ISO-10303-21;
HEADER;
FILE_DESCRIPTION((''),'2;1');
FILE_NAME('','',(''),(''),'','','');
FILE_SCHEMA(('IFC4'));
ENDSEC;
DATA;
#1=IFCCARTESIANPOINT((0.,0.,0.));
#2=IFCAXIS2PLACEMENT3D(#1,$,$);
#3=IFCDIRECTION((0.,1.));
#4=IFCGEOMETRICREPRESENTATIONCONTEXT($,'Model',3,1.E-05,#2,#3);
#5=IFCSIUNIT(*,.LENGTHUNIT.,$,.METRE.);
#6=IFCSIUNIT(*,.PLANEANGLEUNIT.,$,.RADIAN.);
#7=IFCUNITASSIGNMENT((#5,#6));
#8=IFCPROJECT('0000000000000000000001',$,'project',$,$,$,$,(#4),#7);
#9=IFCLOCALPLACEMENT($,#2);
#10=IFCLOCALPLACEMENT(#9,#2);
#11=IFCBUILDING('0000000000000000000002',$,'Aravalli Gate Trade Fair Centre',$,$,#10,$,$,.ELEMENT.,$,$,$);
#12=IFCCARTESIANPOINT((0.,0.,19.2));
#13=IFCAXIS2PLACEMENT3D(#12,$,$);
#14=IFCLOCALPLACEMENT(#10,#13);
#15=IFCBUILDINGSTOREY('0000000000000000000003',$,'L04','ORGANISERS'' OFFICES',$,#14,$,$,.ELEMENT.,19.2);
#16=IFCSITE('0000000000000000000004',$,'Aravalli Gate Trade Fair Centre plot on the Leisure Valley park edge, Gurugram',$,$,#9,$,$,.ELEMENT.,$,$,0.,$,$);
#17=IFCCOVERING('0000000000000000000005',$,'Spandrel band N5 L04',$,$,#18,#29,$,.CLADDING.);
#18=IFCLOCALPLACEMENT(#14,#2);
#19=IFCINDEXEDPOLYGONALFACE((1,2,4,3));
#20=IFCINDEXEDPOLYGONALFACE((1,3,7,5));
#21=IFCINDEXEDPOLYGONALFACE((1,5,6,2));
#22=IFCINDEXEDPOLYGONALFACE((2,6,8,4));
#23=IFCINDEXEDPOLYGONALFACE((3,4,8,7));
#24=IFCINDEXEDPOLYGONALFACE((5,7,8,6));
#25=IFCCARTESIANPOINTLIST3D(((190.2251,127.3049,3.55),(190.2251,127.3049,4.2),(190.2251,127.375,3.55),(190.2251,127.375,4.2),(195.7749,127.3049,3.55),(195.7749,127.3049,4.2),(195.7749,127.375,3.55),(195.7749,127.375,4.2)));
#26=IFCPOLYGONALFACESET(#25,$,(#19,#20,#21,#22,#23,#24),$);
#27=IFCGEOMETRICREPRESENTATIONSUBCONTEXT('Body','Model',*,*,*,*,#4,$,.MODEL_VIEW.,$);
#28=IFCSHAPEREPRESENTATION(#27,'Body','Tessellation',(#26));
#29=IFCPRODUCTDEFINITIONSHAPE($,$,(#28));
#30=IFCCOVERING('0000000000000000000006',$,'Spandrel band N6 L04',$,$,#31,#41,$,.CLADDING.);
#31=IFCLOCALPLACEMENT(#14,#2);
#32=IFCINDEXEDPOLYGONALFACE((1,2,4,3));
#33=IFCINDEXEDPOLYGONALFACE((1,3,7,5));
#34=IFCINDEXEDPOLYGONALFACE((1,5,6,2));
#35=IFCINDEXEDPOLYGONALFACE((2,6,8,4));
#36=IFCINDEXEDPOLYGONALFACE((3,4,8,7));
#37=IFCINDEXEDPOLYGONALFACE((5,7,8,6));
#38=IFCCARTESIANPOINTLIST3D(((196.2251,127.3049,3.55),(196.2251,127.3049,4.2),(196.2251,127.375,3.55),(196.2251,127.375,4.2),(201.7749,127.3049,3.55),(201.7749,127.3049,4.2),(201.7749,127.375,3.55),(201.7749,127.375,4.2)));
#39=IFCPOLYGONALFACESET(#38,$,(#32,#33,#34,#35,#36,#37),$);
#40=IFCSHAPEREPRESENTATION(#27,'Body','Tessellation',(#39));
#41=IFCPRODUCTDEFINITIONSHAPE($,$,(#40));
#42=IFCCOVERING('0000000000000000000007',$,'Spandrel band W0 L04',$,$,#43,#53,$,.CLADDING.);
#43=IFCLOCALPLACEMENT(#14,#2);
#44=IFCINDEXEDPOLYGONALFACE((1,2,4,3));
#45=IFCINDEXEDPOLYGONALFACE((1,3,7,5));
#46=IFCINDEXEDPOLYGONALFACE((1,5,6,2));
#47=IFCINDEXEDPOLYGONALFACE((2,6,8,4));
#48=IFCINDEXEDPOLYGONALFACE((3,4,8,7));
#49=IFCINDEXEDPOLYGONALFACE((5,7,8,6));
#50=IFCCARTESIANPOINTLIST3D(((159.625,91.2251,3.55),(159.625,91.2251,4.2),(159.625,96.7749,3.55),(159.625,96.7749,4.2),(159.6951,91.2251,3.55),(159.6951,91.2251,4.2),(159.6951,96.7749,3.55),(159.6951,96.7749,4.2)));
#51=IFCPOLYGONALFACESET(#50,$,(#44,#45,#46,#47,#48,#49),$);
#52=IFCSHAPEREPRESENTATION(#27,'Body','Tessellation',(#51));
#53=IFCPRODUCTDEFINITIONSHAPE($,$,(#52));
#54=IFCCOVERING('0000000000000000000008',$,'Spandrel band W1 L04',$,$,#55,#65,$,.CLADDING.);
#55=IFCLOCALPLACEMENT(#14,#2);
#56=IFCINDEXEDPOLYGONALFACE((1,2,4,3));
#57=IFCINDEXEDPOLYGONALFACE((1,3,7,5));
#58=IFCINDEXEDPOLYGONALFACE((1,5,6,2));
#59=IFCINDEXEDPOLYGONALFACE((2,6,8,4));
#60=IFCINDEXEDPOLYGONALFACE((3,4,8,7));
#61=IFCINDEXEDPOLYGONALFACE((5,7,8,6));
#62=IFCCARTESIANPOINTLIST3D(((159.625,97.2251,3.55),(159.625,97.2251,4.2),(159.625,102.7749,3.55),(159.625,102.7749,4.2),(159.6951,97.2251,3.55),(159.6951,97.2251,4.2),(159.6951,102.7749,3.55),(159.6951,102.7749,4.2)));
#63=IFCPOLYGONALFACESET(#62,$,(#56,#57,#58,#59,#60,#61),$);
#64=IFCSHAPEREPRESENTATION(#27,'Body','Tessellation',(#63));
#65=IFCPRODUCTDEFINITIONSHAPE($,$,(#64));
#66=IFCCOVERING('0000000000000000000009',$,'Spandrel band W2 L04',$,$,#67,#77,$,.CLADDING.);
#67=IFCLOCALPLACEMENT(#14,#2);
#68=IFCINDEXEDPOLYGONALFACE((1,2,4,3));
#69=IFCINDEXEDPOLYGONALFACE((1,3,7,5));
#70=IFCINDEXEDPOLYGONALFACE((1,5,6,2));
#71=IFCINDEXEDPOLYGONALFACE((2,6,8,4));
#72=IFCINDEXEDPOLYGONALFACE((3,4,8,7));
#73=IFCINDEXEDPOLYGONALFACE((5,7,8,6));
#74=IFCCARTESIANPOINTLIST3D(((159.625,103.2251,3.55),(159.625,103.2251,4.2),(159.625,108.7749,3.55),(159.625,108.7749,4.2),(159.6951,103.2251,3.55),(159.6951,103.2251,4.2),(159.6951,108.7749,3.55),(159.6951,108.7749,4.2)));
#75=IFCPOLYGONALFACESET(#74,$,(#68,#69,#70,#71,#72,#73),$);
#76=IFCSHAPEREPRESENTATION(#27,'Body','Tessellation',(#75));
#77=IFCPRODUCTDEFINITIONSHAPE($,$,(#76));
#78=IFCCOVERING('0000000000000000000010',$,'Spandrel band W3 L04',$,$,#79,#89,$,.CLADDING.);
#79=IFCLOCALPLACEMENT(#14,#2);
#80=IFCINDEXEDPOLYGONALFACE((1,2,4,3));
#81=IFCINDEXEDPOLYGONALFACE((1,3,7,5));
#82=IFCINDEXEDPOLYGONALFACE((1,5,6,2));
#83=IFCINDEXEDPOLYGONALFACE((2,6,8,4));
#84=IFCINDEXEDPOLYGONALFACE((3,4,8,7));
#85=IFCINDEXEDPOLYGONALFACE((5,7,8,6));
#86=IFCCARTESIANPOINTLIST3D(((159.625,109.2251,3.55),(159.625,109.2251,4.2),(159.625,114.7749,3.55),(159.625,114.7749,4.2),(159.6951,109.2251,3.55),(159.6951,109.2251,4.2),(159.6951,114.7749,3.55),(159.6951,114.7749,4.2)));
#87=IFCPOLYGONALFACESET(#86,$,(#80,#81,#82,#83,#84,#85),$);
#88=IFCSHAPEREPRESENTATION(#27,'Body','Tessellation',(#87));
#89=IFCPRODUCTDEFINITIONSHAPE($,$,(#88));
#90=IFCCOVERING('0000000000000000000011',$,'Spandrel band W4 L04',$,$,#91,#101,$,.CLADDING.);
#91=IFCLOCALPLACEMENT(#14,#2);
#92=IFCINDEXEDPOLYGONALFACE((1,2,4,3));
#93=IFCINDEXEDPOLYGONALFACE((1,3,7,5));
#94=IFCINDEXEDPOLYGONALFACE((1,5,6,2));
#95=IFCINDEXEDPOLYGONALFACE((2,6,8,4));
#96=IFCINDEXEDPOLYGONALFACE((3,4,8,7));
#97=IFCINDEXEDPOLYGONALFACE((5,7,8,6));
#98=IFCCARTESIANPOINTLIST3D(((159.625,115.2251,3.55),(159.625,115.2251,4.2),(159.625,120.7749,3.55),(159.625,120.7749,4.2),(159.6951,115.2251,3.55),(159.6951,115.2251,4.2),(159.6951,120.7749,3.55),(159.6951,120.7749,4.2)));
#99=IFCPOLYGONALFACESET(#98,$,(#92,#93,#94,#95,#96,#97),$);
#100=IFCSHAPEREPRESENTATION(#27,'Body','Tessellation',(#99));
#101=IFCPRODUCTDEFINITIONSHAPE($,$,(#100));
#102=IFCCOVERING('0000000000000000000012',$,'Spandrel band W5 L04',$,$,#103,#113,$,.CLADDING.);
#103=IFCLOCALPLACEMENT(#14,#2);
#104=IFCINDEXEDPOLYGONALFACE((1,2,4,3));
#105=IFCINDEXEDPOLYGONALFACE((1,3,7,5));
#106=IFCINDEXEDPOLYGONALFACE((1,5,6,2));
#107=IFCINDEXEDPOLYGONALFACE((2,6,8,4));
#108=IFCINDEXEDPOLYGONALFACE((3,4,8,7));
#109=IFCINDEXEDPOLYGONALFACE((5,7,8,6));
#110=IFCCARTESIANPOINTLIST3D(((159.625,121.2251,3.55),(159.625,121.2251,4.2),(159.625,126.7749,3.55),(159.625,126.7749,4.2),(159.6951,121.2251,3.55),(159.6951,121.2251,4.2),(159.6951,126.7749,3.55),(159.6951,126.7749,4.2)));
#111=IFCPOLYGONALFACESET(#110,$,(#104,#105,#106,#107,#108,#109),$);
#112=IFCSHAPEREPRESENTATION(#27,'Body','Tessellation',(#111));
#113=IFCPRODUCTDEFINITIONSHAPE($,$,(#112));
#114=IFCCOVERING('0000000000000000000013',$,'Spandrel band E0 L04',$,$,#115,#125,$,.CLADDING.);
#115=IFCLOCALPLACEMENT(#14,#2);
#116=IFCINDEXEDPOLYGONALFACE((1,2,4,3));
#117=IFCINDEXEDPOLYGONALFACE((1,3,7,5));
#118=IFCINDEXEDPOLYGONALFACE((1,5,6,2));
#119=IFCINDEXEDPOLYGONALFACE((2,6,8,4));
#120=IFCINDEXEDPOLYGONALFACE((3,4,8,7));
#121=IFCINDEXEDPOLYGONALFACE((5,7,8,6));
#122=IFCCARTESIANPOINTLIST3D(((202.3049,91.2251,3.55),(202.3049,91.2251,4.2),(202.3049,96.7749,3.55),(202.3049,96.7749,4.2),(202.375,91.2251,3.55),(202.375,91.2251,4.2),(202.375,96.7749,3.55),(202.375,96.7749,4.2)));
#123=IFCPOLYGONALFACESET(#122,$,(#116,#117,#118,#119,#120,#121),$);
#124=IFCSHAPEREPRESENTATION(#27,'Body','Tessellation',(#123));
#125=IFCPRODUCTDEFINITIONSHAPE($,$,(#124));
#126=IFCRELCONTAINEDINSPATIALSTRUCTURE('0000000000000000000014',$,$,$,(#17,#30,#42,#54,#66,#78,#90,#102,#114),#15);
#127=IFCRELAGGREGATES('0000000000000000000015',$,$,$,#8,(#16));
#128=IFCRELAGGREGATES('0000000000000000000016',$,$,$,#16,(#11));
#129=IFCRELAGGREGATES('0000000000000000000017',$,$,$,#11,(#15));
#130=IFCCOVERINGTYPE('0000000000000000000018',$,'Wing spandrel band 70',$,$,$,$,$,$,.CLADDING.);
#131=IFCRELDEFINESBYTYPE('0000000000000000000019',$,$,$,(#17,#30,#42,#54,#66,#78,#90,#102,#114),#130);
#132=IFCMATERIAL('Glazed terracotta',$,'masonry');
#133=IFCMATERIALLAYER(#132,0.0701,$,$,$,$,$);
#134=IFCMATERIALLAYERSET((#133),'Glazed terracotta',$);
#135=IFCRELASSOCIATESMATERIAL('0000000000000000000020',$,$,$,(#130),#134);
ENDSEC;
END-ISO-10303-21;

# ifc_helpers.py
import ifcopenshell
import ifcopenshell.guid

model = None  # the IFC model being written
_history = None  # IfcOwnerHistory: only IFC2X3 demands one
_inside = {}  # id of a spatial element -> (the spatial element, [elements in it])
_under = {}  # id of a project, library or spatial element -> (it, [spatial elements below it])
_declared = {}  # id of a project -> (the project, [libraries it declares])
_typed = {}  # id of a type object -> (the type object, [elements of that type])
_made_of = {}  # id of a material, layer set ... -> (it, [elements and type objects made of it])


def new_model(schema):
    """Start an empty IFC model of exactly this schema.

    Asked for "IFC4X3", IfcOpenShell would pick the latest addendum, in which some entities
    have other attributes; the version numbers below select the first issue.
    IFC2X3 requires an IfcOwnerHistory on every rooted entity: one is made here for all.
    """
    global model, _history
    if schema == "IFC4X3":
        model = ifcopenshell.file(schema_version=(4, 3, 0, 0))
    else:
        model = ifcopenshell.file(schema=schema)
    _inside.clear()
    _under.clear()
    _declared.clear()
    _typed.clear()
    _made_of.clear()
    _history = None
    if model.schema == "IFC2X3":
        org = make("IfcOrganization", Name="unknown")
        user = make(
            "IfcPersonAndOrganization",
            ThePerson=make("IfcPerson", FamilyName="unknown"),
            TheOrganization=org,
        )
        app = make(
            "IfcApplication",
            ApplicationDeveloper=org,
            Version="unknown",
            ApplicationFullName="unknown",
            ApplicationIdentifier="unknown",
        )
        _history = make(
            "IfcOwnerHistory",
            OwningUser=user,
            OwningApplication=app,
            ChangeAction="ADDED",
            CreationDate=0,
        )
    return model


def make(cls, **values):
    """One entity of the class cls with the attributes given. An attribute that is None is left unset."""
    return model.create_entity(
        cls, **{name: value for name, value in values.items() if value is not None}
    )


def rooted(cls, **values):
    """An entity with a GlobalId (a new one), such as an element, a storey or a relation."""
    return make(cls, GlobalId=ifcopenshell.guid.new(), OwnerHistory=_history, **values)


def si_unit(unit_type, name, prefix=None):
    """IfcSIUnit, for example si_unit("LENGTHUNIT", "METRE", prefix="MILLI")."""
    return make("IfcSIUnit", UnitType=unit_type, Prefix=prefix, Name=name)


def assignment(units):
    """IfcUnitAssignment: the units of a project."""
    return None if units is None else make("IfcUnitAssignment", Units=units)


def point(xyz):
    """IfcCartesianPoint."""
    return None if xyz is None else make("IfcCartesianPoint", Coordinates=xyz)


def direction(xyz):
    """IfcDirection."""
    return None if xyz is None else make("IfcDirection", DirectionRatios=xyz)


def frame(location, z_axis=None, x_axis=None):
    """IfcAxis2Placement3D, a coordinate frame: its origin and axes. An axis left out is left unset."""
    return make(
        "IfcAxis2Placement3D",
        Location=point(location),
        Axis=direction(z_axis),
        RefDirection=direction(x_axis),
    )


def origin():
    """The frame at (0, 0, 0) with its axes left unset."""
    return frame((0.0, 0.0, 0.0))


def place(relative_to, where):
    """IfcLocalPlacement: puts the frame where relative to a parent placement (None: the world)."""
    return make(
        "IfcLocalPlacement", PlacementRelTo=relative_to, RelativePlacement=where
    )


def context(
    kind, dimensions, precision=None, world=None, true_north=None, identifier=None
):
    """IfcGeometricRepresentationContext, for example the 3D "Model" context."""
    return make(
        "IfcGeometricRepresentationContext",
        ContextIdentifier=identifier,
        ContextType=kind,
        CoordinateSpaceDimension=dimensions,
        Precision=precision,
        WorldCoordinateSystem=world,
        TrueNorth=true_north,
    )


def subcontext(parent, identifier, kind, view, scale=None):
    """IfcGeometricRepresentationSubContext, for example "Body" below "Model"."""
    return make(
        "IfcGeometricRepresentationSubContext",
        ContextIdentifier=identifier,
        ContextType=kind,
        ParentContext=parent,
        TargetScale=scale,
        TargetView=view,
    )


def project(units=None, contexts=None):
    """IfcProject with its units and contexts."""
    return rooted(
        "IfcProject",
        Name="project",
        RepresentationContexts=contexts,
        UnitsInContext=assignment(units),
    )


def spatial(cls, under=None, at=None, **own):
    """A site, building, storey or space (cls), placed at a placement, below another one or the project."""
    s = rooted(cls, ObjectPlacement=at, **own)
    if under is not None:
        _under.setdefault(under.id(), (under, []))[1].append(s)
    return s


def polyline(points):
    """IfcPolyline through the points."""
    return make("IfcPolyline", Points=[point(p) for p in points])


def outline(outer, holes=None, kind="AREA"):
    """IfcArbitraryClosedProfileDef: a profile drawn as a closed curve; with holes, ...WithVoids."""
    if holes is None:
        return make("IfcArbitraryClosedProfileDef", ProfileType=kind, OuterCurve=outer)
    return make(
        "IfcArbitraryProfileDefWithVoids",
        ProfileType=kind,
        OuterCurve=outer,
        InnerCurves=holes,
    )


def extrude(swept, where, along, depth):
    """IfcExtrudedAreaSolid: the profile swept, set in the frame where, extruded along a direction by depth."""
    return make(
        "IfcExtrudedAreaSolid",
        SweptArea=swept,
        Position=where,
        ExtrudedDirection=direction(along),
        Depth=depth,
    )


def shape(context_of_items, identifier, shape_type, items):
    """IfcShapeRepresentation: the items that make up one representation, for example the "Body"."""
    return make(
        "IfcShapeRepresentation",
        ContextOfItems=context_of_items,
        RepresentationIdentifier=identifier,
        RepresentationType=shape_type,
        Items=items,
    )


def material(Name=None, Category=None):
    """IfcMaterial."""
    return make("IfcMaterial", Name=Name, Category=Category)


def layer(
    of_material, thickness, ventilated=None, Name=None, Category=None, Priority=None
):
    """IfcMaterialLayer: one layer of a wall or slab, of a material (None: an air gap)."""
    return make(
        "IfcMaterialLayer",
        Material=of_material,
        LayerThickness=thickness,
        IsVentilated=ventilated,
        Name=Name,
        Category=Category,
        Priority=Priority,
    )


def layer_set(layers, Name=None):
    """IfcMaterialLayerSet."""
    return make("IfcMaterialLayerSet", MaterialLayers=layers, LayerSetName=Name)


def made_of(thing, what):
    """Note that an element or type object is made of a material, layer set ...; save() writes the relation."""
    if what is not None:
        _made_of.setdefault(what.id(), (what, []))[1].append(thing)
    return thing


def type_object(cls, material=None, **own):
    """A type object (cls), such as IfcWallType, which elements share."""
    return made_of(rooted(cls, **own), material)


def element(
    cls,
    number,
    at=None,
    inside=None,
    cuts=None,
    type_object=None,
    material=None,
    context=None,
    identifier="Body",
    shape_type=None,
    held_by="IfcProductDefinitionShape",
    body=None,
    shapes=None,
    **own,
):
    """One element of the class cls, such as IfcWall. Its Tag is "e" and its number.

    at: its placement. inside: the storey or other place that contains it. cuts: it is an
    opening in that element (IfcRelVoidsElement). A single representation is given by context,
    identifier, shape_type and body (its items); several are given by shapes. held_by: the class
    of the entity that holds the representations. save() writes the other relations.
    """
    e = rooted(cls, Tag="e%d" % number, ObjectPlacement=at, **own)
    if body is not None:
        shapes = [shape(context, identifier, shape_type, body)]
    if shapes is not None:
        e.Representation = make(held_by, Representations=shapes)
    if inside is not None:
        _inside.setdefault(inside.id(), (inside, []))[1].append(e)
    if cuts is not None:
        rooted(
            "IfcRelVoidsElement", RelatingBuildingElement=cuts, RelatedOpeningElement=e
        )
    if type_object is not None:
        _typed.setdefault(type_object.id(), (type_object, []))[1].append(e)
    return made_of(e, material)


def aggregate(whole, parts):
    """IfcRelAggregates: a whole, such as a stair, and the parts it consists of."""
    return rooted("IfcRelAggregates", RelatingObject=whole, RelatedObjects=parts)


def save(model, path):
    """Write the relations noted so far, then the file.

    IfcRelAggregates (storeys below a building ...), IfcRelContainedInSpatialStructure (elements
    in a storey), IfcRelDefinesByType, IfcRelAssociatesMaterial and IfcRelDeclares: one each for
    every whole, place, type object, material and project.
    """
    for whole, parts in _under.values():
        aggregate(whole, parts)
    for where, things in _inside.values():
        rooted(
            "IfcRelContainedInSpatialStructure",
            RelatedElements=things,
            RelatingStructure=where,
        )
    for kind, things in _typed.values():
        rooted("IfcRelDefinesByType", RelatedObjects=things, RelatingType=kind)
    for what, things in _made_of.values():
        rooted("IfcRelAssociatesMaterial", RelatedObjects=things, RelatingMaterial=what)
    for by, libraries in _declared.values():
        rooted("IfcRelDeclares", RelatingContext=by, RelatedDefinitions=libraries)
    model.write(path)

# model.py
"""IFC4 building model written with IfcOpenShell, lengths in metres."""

from ifc_helpers import new_model, si_unit, direction, frame, origin, place, context, subcontext, project, spatial, polyline, outline, extrude, material, layer, layer_set, type_object, element, save


model = new_model("IFC4")

# Units and contexts
model_context = context("Model", 3, precision=1e-05, world=origin(), true_north=direction((0.0, 1.0)))
body_context = subcontext(model_context, "Body", "Model", "MODEL_VIEW")
ifc_project = project(units=[si_unit("LENGTHUNIT", "METRE"), si_unit("PLANEANGLEUNIT", "RADIAN")], contexts=[model_context])

# Site, building, storey
site_placement = place(None, origin())
site = spatial("IfcSite", under=ifc_project, at=site_placement, Name="Aravalli Gate Trade Fair Centre plot on the Leisure Valley park edge, Gurugram", CompositionType="ELEMENT", RefElevation=0.0)
building_placement = place(site_placement, origin())
building = spatial("IfcBuilding", under=site, at=building_placement, Name="Aravalli Gate Trade Fair Centre", CompositionType="ELEMENT")
storey_placement = place(building_placement, frame((0.0, 0.0, 19.2)))
storey = spatial("IfcBuildingStorey", under=building, at=storey_placement, Name="L04", Description="ORGANISERS' OFFICES", CompositionType="ELEMENT", Elevation=19.2)

# Coverings
ifc_material_1 = material(Name="Glazed terracotta", Category="masonry")
ifc_layer_1 = layer(ifc_material_1, 0.0701)
ifc_layer_set_1 = layer_set([ifc_layer_1], Name="Glazed terracotta")
covering_type_1 = type_object("IfcCoveringType", Name="Wing spandrel band 70", PredefinedType="CLADDING", material=ifc_layer_set_1)
covering_1_placement = place(storey_placement, frame((0.0, 0.0, 3.55)))
element("IfcCovering", 1, at=covering_1_placement, inside=storey, type_object=covering_type_1, Name="Spandrel band N5 L04", PredefinedType="CLADDING", context=body_context, shape_type="SweptSolid", body=[
    extrude(outline(polyline([(190.2251, 127.3049), (195.7749, 127.3049), (195.7749, 127.375), (190.2251, 127.375), (190.2251, 127.3049)])), origin(), (0.0, 0.0, 1.0), 0.6499),
])
covering_2_placement = place(storey_placement, frame((0.0, 0.0, 3.55)))
element("IfcCovering", 2, at=covering_2_placement, inside=storey, type_object=covering_type_1, Name="Spandrel band N6 L04", PredefinedType="CLADDING", context=body_context, shape_type="SweptSolid", body=[
    extrude(outline(polyline([(196.2251, 127.3049), (201.7749, 127.3049), (201.7749, 127.375), (196.2251, 127.375), (196.2251, 127.3049)])), origin(), (0.0, 0.0, 1.0), 0.6499),
])
covering_3_placement = place(storey_placement, frame((0.0, 0.0, 3.55)))
element("IfcCovering", 3, at=covering_3_placement, inside=storey, type_object=covering_type_1, Name="Spandrel band W0 L04", PredefinedType="CLADDING", context=body_context, shape_type="SweptSolid", body=[
    extrude(outline(polyline([(159.625, 91.2251), (159.6951, 91.2251), (159.6951, 96.7749), (159.625, 96.7749), (159.625, 91.2251)])), origin(), (0.0, 0.0, 1.0), 0.6499),
])
covering_4_placement = place(storey_placement, frame((0.0, 0.0, 3.55)))
element("IfcCovering", 4, at=covering_4_placement, inside=storey, type_object=covering_type_1, Name="Spandrel band W1 L04", PredefinedType="CLADDING", context=body_context, shape_type="SweptSolid", body=[
    extrude(outline(polyline([(159.625, 97.2251), (159.6951, 97.2251), (159.6951, 102.7749), (159.625, 102.7749), (159.625, 97.2251)])), origin(), (0.0, 0.0, 1.0), 0.6499),
])
covering_5_placement = place(storey_placement, frame((0.0, 0.0, 3.55)))
element("IfcCovering", 5, at=covering_5_placement, inside=storey, type_object=covering_type_1, Name="Spandrel band W2 L04", PredefinedType="CLADDING", context=body_context, shape_type="SweptSolid", body=[
    extrude(outline(polyline([(159.625, 103.2251), (159.6951, 103.2251), (159.6951, 108.7749), (159.625, 108.7749), (159.625, 103.2251)])), origin(), (0.0, 0.0, 1.0), 0.6499),
])
covering_6_placement = place(storey_placement, frame((0.0, 0.0, 3.55)))
element("IfcCovering", 6, at=covering_6_placement, inside=storey, type_object=covering_type_1, Name="Spandrel band W3 L04", PredefinedType="CLADDING", context=body_context, shape_type="SweptSolid", body=[
    extrude(outline(polyline([(159.625, 109.2251), (159.6951, 109.2251), (159.6951, 114.7749), (159.625, 114.7749), (159.625, 109.2251)])), origin(), (0.0, 0.0, 1.0), 0.6499),
])
covering_7_placement = place(storey_placement, frame((0.0, 0.0, 3.55)))
element("IfcCovering", 7, at=covering_7_placement, inside=storey, type_object=covering_type_1, Name="Spandrel band W4 L04", PredefinedType="CLADDING", context=body_context, shape_type="SweptSolid", body=[
    extrude(outline(polyline([(159.625, 115.2251), (159.6951, 115.2251), (159.6951, 120.7749), (159.625, 120.7749), (159.625, 115.2251)])), origin(), (0.0, 0.0, 1.0), 0.6499),
])
covering_8_placement = place(storey_placement, frame((0.0, 0.0, 3.55)))
element("IfcCovering", 8, at=covering_8_placement, inside=storey, type_object=covering_type_1, Name="Spandrel band W5 L04", PredefinedType="CLADDING", context=body_context, shape_type="SweptSolid", body=[
    extrude(outline(polyline([(159.625, 121.2251), (159.6951, 121.2251), (159.6951, 126.7749), (159.625, 126.7749), (159.625, 121.2251)])), origin(), (0.0, 0.0, 1.0), 0.6499),
])
covering_9_placement = place(storey_placement, frame((0.0, 0.0, 3.55)))
element("IfcCovering", 9, at=covering_9_placement, inside=storey, type_object=covering_type_1, Name="Spandrel band E0 L04", PredefinedType="CLADDING", context=body_context, shape_type="SweptSolid", body=[
    extrude(outline(polyline([(202.3049, 91.2251), (202.375, 91.2251), (202.375, 96.7749), (202.3049, 96.7749), (202.3049, 91.2251)])), origin(), (0.0, 0.0, 1.0), 0.6499),
])

save(model, "model.ifc")
